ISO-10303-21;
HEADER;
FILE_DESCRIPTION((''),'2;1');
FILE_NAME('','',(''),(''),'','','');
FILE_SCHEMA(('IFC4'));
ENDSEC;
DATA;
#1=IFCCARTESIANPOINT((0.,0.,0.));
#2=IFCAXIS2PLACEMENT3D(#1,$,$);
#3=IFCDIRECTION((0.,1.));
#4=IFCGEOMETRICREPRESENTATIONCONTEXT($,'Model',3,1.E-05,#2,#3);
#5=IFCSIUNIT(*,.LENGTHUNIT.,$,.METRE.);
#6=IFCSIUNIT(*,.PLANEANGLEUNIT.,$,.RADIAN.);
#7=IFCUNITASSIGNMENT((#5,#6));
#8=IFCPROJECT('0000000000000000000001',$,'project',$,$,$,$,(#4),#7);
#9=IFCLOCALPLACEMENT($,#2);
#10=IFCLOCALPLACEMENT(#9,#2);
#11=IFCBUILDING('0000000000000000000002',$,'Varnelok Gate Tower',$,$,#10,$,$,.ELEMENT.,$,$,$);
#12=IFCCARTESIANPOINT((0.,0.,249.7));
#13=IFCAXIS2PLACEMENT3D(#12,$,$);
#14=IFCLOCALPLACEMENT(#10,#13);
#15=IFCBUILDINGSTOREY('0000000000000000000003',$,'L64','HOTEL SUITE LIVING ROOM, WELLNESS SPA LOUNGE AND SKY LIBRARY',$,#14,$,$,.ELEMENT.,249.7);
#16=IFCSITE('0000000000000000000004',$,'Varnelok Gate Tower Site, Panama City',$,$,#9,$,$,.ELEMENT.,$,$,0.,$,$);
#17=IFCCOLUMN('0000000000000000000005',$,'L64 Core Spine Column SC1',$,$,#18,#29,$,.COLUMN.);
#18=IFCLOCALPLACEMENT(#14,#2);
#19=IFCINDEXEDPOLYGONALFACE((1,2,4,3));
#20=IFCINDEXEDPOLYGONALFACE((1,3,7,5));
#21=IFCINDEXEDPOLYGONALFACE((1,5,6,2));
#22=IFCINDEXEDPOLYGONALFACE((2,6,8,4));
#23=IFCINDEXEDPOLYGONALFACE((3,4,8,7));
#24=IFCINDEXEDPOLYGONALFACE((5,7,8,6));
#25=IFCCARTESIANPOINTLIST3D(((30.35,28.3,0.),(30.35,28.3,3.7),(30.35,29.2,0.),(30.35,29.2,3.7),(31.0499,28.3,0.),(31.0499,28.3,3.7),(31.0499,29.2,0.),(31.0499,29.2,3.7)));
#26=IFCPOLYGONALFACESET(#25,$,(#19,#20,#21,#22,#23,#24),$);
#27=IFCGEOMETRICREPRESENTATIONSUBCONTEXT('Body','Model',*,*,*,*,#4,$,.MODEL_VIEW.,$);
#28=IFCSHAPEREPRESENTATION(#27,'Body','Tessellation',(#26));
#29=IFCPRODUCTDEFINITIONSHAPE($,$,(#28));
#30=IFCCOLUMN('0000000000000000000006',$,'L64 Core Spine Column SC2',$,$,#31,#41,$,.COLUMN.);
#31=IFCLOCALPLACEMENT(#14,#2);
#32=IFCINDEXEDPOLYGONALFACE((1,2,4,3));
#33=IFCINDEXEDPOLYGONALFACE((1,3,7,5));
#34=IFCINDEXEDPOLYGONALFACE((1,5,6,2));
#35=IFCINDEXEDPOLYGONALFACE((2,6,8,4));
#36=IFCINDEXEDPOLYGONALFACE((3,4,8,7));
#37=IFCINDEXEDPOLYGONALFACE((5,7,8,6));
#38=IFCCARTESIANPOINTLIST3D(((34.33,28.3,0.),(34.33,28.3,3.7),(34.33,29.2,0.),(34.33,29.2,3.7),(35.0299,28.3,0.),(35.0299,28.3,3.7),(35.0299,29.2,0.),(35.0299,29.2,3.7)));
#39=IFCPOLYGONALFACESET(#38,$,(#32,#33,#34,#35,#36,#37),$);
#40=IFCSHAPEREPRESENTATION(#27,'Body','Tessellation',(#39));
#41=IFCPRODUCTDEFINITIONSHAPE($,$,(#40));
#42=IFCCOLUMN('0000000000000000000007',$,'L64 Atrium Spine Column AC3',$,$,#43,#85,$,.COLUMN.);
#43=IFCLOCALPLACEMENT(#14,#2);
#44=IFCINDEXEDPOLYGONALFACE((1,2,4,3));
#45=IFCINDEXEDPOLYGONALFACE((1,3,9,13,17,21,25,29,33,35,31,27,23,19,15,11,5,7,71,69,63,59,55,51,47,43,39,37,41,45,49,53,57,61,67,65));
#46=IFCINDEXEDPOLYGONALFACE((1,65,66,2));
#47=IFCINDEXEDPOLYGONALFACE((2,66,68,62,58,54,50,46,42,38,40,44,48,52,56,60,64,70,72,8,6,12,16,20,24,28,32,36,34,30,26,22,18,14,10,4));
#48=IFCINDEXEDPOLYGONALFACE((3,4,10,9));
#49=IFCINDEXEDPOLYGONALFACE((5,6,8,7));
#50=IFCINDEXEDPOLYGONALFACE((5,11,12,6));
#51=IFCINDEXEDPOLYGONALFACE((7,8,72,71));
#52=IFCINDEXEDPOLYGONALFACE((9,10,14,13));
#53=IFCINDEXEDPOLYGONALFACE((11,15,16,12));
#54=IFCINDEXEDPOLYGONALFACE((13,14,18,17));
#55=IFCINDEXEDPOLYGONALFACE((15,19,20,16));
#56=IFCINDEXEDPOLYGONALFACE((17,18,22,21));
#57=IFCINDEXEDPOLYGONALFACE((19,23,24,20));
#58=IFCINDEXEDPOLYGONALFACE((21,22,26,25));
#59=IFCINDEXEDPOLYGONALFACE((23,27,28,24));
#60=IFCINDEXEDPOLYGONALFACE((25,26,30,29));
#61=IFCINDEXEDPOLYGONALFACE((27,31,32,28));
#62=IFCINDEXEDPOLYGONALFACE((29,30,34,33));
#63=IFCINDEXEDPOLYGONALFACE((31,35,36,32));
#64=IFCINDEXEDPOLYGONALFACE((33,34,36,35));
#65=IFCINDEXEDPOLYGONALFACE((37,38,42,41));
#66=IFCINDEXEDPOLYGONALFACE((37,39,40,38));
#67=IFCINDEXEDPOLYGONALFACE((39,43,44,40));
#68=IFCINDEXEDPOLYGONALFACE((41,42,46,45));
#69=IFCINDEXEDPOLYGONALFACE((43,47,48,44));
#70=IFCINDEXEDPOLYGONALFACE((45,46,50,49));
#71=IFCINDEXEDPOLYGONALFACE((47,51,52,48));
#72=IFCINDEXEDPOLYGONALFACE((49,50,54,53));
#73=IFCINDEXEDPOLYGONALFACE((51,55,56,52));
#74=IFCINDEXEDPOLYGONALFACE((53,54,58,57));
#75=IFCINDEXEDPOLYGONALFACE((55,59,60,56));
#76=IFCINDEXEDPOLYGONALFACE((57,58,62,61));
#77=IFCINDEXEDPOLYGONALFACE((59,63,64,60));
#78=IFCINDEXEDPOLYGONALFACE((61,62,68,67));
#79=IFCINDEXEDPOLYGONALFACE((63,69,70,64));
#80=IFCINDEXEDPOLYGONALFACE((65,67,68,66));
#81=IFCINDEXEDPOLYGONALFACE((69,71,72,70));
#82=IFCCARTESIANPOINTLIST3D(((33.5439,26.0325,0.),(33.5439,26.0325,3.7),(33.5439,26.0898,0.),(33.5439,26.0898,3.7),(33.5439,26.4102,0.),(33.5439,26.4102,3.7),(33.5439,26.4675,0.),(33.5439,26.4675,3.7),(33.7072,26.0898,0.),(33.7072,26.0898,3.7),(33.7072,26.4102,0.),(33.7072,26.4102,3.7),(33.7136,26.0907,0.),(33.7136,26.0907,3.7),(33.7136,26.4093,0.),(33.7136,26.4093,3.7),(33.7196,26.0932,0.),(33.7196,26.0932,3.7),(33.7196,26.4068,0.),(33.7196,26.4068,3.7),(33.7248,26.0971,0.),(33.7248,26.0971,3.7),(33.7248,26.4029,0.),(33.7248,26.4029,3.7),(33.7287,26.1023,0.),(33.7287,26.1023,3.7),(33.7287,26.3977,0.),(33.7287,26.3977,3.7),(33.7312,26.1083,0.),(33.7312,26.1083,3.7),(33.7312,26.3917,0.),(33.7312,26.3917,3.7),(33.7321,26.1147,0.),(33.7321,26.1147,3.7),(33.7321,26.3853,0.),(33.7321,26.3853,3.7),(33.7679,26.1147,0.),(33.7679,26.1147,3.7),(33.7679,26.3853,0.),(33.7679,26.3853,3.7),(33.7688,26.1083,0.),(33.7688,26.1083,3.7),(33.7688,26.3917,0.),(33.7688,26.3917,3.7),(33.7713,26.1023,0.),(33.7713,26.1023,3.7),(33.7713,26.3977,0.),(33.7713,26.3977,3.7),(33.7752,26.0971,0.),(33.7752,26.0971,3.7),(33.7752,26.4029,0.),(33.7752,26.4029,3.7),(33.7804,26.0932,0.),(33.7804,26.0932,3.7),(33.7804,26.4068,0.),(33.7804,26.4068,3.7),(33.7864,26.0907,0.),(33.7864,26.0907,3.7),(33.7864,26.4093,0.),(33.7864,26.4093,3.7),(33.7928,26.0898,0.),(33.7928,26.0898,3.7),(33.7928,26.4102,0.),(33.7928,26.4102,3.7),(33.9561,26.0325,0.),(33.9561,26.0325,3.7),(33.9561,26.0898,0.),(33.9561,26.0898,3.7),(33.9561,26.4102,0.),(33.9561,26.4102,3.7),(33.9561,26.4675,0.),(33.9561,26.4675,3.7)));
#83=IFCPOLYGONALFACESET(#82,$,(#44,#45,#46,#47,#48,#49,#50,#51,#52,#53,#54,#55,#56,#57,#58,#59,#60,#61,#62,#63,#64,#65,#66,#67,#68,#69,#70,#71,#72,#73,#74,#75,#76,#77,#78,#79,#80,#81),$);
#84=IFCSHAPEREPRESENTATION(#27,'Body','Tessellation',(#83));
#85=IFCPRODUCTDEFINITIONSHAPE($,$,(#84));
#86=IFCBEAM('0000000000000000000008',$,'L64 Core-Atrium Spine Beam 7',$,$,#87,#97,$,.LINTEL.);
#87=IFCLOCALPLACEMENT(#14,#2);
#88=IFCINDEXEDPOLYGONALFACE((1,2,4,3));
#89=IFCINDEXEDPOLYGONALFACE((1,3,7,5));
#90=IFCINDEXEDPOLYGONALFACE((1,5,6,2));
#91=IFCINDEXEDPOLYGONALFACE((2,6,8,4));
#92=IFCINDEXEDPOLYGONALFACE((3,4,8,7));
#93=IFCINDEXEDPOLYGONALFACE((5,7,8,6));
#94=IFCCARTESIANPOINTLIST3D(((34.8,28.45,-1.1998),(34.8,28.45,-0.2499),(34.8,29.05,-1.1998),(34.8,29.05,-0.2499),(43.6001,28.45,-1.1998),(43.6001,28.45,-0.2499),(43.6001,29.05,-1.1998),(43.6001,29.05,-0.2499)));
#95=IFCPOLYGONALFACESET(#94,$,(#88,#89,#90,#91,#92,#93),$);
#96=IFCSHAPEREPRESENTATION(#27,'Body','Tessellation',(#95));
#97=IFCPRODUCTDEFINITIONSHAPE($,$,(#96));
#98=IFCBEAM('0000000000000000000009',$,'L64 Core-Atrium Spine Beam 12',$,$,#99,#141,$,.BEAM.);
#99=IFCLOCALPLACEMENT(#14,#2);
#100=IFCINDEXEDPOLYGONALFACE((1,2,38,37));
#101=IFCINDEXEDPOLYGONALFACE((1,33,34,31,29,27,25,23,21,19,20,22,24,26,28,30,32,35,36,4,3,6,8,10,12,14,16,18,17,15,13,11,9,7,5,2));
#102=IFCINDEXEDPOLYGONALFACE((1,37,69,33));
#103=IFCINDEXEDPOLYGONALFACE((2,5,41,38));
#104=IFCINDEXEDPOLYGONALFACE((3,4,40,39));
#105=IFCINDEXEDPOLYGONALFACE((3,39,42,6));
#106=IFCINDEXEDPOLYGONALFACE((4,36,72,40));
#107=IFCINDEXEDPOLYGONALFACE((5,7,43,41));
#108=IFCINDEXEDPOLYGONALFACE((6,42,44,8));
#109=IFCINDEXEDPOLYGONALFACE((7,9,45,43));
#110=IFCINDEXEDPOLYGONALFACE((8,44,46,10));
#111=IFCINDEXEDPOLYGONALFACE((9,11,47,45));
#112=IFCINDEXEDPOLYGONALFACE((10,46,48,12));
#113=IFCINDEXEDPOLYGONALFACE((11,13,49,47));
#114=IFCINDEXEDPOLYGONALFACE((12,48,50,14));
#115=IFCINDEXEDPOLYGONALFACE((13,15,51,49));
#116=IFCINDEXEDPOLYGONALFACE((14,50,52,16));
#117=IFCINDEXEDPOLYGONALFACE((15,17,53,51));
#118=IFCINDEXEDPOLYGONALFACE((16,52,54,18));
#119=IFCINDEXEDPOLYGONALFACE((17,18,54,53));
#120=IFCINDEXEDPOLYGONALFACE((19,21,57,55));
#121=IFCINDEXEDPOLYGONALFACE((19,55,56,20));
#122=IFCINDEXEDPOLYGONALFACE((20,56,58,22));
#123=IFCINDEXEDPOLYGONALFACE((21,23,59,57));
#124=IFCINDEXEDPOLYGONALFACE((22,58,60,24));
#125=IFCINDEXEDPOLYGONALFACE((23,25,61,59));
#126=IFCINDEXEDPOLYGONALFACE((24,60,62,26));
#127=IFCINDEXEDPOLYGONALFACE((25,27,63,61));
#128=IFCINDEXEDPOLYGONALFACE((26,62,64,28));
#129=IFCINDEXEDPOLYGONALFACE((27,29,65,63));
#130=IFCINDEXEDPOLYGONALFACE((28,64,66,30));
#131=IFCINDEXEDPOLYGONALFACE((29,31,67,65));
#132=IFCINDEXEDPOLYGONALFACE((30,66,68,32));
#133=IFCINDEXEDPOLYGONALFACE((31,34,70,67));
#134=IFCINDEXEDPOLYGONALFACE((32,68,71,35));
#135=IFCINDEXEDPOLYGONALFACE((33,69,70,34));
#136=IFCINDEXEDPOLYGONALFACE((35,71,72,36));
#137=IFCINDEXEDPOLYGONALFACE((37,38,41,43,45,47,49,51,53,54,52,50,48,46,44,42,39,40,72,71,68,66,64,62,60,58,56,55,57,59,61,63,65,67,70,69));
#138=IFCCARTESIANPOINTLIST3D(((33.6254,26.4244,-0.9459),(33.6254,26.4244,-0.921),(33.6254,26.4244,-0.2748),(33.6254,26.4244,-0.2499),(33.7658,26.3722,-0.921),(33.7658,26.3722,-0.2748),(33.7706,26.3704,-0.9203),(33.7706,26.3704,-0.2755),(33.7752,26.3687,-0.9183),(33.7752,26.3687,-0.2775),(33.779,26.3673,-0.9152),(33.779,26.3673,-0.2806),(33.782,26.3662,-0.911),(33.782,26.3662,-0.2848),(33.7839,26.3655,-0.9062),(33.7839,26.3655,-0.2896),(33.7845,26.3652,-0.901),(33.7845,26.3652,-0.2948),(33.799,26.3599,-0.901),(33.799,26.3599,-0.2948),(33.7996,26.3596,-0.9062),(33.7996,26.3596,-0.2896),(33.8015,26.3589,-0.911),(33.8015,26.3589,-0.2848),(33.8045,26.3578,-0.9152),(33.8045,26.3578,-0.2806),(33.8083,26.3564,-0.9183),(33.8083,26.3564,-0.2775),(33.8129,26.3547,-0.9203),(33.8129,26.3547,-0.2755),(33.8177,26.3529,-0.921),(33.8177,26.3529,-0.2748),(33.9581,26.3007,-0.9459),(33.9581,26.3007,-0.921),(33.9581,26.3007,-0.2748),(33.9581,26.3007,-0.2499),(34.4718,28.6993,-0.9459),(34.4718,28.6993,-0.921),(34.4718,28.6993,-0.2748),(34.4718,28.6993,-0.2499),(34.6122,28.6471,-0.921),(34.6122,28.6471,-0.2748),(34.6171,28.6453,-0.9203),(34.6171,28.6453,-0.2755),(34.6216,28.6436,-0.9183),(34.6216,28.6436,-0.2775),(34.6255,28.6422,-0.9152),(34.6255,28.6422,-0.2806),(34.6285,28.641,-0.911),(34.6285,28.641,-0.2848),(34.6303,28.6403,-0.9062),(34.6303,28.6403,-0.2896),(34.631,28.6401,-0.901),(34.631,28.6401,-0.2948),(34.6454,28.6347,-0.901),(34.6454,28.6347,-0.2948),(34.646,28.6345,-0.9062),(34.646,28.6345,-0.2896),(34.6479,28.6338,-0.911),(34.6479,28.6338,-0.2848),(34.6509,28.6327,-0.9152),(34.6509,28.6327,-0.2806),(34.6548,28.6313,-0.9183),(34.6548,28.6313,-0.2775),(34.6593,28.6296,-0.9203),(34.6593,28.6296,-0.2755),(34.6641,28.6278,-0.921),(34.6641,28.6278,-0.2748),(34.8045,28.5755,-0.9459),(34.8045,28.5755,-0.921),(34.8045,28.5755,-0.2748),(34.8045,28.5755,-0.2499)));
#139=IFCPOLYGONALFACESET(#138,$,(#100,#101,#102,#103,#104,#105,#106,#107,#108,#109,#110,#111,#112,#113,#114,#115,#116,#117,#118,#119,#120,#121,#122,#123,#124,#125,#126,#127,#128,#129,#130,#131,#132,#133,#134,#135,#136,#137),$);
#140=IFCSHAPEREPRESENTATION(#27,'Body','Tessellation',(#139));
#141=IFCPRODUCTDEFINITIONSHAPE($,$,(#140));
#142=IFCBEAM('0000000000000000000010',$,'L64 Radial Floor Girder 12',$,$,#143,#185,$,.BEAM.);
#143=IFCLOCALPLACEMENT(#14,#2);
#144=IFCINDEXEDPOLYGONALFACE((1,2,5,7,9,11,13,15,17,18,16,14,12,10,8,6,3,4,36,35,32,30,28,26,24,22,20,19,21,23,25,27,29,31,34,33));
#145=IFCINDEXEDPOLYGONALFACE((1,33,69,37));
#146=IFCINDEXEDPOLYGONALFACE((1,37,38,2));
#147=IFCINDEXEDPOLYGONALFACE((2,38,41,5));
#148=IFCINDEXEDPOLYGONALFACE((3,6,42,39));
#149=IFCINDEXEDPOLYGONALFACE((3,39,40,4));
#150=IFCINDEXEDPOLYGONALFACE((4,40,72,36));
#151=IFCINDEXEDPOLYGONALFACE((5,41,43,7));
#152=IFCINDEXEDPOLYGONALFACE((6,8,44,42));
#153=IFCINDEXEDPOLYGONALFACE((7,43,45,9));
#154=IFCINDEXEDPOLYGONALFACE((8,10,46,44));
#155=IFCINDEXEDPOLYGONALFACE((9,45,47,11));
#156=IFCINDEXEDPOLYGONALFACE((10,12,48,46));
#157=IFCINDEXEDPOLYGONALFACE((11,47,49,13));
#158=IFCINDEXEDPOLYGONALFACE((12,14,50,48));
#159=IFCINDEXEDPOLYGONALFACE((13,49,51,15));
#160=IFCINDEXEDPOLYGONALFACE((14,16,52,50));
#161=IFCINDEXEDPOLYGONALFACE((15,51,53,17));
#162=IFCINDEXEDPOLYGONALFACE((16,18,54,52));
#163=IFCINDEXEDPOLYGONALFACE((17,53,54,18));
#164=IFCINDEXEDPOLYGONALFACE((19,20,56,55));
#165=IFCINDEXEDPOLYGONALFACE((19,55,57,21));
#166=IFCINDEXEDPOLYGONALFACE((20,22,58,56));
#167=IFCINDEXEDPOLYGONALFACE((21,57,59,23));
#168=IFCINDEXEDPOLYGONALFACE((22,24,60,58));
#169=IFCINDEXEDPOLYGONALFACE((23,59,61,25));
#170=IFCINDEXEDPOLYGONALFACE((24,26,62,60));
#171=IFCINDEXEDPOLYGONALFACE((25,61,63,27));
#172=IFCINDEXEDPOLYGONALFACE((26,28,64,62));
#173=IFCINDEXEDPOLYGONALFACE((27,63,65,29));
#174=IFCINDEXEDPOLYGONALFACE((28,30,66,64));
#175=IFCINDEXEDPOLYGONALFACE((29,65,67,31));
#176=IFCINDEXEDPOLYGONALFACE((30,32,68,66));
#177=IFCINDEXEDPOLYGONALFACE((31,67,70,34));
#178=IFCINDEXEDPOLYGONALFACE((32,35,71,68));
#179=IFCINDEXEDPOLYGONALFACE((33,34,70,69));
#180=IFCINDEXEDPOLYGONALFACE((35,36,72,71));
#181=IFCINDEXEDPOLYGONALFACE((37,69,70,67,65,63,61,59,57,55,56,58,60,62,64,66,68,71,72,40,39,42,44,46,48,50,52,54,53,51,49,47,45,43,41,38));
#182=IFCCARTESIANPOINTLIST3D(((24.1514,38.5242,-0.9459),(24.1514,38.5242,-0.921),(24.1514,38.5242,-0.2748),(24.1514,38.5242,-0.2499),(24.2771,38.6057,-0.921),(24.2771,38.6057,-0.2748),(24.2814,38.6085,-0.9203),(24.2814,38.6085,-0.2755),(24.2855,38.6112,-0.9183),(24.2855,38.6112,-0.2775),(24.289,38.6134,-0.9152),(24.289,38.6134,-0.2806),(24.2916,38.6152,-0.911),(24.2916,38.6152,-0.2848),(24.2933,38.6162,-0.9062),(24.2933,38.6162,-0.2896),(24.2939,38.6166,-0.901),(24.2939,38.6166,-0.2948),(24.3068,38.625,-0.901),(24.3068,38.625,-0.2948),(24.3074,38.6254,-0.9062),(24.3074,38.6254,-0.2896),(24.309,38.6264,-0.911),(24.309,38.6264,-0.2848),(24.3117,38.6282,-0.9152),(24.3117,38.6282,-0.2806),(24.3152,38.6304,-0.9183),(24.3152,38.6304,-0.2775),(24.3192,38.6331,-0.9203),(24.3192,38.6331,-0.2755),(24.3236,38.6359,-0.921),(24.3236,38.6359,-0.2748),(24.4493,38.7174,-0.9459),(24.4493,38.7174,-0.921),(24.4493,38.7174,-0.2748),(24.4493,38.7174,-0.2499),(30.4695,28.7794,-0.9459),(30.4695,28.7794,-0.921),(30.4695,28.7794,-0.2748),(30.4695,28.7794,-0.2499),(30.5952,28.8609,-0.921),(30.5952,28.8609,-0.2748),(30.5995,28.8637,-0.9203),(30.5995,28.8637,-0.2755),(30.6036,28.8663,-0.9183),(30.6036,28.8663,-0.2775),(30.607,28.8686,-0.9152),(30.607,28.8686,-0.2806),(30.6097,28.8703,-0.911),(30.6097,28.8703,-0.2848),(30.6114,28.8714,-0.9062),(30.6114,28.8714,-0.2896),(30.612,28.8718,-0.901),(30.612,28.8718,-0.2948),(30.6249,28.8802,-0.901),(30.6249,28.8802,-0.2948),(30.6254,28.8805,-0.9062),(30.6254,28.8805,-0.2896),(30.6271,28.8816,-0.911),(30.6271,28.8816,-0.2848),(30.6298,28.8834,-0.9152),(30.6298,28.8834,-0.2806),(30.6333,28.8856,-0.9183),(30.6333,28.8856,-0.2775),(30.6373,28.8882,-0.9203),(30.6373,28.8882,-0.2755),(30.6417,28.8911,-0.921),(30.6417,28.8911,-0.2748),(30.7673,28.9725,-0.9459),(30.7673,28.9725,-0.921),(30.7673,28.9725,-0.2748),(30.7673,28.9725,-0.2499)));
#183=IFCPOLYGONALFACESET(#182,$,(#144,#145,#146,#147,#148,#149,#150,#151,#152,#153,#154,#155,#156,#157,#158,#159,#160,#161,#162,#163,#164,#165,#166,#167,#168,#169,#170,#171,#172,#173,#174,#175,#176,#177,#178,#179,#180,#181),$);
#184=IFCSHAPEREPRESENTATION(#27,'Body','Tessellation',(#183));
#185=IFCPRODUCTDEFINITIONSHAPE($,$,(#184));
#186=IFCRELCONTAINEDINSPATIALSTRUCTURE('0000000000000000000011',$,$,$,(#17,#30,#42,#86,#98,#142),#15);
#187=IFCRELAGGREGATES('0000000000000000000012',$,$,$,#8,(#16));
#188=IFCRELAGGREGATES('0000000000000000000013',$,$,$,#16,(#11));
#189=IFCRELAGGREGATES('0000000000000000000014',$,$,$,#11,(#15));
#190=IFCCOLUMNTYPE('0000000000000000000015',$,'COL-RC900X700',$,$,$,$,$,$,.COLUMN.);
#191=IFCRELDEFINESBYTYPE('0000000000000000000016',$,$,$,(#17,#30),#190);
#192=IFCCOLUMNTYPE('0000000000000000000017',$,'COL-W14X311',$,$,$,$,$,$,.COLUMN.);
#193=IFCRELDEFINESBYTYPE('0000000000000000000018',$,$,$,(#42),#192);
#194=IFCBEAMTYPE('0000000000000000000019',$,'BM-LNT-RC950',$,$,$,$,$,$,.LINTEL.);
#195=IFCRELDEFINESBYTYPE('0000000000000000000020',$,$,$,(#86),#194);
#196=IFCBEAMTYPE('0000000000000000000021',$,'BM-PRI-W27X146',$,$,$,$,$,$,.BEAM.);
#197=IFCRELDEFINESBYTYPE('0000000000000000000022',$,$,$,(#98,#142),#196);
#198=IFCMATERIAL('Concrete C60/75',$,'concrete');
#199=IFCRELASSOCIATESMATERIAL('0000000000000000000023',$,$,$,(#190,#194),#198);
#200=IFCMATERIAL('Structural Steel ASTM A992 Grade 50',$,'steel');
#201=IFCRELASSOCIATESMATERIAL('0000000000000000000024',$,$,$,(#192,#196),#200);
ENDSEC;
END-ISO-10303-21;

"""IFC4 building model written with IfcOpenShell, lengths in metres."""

from ifc_helpers import new_model, si_unit, direction, frame, origin, origin_2d, place, context, subcontext, project, spatial, rectangle, i_section, extrude, material, material_profile, profile_set, type_object, element, save


model = new_model("IFC4")

# Units and contexts
model_context = context("Model", 3, precision=1e-05, world=origin(), true_north=direction((0.0, 1.0)))
body_context = subcontext(model_context, "Body", "Model", "MODEL_VIEW")
ifc_project = project(units=[si_unit("LENGTHUNIT", "METRE"), si_unit("PLANEANGLEUNIT", "RADIAN")], contexts=[model_context])

# Site, building, storey
site_placement = place(None, origin())
site = spatial("IfcSite", under=ifc_project, at=site_placement, Name="Varnelok Gate Tower Site, Panama City", CompositionType="ELEMENT", RefElevation=0.0)
building_placement = place(site_placement, origin())
building = spatial("IfcBuilding", under=site, at=building_placement, Name="Varnelok Gate Tower", CompositionType="ELEMENT")
storey_placement = place(building_placement, frame((0.0, 0.0, 249.7)))
storey = spatial("IfcBuildingStorey", under=building, at=storey_placement, Name="L64", Description="HOTEL SUITE LIVING ROOM, WELLNESS SPA LOUNGE AND SKY LIBRARY", CompositionType="ELEMENT", Elevation=249.7)

# Columns
ifc_material_1 = material(Name="Concrete C60/75", Category="concrete")
ifc_material_profile_1 = material_profile(ifc_material_1, rectangle(XDim=0.7, YDim=0.8999, at=origin_2d()), Name="RC900X700")
ifc_profile_set_1 = profile_set([ifc_material_profile_1], Name="Concrete C60/75")
column_type_1 = type_object("IfcColumnType", Name="COL-RC900X700", PredefinedType="COLUMN", material=ifc_profile_set_1)
for number, where, z_axis, x_axis, name in (
    (1, (30.7, 28.75, 0.0), (0.0, 0.0, 1.0), (1.0, 0.0, 0.0), "L64 Core Spine Column SC1"),
    (2, (34.6799, 28.75, 0.0), (0.0, 0.0, 1.0), (1.0, 0.0, 0.0), "L64 Core Spine Column SC2"),
):
    element("IfcColumn", number, at=place(storey_placement, frame(where, z_axis=z_axis, x_axis=x_axis)), inside=storey, type_object=column_type_1, Name=name, PredefinedType="COLUMN", context=body_context, shape_type="SweptSolid", body=[
        extrude(rectangle(XDim=0.7, YDim=0.8999, at=origin_2d()), origin(), (0.0, 0.0, 1.0), 3.7),
    ])
ifc_material_2 = material(Name="Structural Steel ASTM A992 Grade 50", Category="steel")
ifc_material_profile_2 = material_profile(ifc_material_2, i_section(OverallWidth=0.4121, OverallDepth=0.4351, WebThickness=0.0359, FlangeThickness=0.0574, FilletRadius=0.0249, at=origin_2d()), Name="W14X311")
ifc_profile_set_2 = profile_set([ifc_material_profile_2], Name="Structural Steel ASTM A992 Grade 50")
column_type_2 = type_object("IfcColumnType", Name="COL-W14X311", PredefinedType="COLUMN", material=ifc_profile_set_2)
column_placement = place(storey_placement, frame((33.75, 26.25, 0.0), z_axis=(0.0, 0.0, 1.0), x_axis=(1.0, 0.0, 0.0)))
element("IfcColumn", 3, at=column_placement, inside=storey, type_object=column_type_2, Name="L64 Atrium Spine Column AC3", PredefinedType="COLUMN", context=body_context, shape_type="SweptSolid", body=[
    extrude(i_section(OverallWidth=0.4121, OverallDepth=0.4351, WebThickness=0.0359, FlangeThickness=0.0574, FilletRadius=0.0249, at=origin_2d()), origin(), (0.0, 0.0, 1.0), 3.7),
])

# Beams
ifc_material_profile_3 = material_profile(ifc_material_1, rectangle(XDim=0.6001, YDim=0.95, at=origin_2d()), Name="RC950X600")
ifc_profile_set_3 = profile_set([ifc_material_profile_3], Name="Concrete C60/75")
beam_type_1 = type_object("IfcBeamType", Name="BM-LNT-RC950", PredefinedType="LINTEL", material=ifc_profile_set_3)
beam_1_placement = place(storey_placement, frame((34.8, 28.75, -0.7249), z_axis=(1.0, 0.0, 0.0), x_axis=(0.0, 1.0, 0.0)))
element("IfcBeam", 4, at=beam_1_placement, inside=storey, type_object=beam_type_1, Name="L64 Core-Atrium Spine Beam 7", PredefinedType="LINTEL", context=body_context, shape_type="SweptSolid", body=[
    extrude(rectangle(XDim=0.6001, YDim=0.95, at=origin_2d()), origin(), (0.0, 0.0, 1.0), 8.8),
])
ifc_material_profile_4 = material_profile(ifc_material_2, i_section(OverallWidth=0.355, OverallDepth=0.696, WebThickness=0.0154, FlangeThickness=0.0249, FilletRadius=0.02, at=origin_2d()), Name="W27X146")
ifc_profile_set_4 = profile_set([ifc_material_profile_4], Name="Structural Steel ASTM A992 Grade 50")
beam_type_2 = type_object("IfcBeamType", Name="BM-PRI-W27X146", PredefinedType="BEAM", material=ifc_profile_set_4)
beam_2_placement = place(storey_placement, frame((33.7917, 26.3625, -0.5979), z_axis=(0.348719, 0.937227, 0.0), x_axis=(-0.937227, 0.348719, 0.0)))
element("IfcBeam", 5, at=beam_2_placement, inside=storey, type_object=beam_type_2, Name="L64 Core-Atrium Spine Beam 12", PredefinedType="BEAM", context=body_context, shape_type="SweptSolid", body=[
    extrude(i_section(OverallWidth=0.355, OverallDepth=0.696, WebThickness=0.0154, FlangeThickness=0.0249, FilletRadius=0.02, at=origin_2d()), origin(), (0.0, 0.0, 1.0), 2.4272),
])
beam_3_placement = place(storey_placement, frame((30.6184, 28.876, -0.5979), z_axis=(-0.544016, 0.839075, 0.0), x_axis=(-0.839075, -0.544016, 0.0)))
element("IfcBeam", 6, at=beam_3_placement, inside=storey, type_object=beam_type_2, Name="L64 Radial Floor Girder 12", PredefinedType="BEAM", context=body_context, shape_type="SweptSolid", body=[
    extrude(i_section(OverallWidth=0.355, OverallDepth=0.696, WebThickness=0.0154, FlangeThickness=0.0249, FilletRadius=0.02, at=origin_2d()), origin(), (0.0, 0.0, 1.0), 11.6138),
])

save(model, "model.ifc")
